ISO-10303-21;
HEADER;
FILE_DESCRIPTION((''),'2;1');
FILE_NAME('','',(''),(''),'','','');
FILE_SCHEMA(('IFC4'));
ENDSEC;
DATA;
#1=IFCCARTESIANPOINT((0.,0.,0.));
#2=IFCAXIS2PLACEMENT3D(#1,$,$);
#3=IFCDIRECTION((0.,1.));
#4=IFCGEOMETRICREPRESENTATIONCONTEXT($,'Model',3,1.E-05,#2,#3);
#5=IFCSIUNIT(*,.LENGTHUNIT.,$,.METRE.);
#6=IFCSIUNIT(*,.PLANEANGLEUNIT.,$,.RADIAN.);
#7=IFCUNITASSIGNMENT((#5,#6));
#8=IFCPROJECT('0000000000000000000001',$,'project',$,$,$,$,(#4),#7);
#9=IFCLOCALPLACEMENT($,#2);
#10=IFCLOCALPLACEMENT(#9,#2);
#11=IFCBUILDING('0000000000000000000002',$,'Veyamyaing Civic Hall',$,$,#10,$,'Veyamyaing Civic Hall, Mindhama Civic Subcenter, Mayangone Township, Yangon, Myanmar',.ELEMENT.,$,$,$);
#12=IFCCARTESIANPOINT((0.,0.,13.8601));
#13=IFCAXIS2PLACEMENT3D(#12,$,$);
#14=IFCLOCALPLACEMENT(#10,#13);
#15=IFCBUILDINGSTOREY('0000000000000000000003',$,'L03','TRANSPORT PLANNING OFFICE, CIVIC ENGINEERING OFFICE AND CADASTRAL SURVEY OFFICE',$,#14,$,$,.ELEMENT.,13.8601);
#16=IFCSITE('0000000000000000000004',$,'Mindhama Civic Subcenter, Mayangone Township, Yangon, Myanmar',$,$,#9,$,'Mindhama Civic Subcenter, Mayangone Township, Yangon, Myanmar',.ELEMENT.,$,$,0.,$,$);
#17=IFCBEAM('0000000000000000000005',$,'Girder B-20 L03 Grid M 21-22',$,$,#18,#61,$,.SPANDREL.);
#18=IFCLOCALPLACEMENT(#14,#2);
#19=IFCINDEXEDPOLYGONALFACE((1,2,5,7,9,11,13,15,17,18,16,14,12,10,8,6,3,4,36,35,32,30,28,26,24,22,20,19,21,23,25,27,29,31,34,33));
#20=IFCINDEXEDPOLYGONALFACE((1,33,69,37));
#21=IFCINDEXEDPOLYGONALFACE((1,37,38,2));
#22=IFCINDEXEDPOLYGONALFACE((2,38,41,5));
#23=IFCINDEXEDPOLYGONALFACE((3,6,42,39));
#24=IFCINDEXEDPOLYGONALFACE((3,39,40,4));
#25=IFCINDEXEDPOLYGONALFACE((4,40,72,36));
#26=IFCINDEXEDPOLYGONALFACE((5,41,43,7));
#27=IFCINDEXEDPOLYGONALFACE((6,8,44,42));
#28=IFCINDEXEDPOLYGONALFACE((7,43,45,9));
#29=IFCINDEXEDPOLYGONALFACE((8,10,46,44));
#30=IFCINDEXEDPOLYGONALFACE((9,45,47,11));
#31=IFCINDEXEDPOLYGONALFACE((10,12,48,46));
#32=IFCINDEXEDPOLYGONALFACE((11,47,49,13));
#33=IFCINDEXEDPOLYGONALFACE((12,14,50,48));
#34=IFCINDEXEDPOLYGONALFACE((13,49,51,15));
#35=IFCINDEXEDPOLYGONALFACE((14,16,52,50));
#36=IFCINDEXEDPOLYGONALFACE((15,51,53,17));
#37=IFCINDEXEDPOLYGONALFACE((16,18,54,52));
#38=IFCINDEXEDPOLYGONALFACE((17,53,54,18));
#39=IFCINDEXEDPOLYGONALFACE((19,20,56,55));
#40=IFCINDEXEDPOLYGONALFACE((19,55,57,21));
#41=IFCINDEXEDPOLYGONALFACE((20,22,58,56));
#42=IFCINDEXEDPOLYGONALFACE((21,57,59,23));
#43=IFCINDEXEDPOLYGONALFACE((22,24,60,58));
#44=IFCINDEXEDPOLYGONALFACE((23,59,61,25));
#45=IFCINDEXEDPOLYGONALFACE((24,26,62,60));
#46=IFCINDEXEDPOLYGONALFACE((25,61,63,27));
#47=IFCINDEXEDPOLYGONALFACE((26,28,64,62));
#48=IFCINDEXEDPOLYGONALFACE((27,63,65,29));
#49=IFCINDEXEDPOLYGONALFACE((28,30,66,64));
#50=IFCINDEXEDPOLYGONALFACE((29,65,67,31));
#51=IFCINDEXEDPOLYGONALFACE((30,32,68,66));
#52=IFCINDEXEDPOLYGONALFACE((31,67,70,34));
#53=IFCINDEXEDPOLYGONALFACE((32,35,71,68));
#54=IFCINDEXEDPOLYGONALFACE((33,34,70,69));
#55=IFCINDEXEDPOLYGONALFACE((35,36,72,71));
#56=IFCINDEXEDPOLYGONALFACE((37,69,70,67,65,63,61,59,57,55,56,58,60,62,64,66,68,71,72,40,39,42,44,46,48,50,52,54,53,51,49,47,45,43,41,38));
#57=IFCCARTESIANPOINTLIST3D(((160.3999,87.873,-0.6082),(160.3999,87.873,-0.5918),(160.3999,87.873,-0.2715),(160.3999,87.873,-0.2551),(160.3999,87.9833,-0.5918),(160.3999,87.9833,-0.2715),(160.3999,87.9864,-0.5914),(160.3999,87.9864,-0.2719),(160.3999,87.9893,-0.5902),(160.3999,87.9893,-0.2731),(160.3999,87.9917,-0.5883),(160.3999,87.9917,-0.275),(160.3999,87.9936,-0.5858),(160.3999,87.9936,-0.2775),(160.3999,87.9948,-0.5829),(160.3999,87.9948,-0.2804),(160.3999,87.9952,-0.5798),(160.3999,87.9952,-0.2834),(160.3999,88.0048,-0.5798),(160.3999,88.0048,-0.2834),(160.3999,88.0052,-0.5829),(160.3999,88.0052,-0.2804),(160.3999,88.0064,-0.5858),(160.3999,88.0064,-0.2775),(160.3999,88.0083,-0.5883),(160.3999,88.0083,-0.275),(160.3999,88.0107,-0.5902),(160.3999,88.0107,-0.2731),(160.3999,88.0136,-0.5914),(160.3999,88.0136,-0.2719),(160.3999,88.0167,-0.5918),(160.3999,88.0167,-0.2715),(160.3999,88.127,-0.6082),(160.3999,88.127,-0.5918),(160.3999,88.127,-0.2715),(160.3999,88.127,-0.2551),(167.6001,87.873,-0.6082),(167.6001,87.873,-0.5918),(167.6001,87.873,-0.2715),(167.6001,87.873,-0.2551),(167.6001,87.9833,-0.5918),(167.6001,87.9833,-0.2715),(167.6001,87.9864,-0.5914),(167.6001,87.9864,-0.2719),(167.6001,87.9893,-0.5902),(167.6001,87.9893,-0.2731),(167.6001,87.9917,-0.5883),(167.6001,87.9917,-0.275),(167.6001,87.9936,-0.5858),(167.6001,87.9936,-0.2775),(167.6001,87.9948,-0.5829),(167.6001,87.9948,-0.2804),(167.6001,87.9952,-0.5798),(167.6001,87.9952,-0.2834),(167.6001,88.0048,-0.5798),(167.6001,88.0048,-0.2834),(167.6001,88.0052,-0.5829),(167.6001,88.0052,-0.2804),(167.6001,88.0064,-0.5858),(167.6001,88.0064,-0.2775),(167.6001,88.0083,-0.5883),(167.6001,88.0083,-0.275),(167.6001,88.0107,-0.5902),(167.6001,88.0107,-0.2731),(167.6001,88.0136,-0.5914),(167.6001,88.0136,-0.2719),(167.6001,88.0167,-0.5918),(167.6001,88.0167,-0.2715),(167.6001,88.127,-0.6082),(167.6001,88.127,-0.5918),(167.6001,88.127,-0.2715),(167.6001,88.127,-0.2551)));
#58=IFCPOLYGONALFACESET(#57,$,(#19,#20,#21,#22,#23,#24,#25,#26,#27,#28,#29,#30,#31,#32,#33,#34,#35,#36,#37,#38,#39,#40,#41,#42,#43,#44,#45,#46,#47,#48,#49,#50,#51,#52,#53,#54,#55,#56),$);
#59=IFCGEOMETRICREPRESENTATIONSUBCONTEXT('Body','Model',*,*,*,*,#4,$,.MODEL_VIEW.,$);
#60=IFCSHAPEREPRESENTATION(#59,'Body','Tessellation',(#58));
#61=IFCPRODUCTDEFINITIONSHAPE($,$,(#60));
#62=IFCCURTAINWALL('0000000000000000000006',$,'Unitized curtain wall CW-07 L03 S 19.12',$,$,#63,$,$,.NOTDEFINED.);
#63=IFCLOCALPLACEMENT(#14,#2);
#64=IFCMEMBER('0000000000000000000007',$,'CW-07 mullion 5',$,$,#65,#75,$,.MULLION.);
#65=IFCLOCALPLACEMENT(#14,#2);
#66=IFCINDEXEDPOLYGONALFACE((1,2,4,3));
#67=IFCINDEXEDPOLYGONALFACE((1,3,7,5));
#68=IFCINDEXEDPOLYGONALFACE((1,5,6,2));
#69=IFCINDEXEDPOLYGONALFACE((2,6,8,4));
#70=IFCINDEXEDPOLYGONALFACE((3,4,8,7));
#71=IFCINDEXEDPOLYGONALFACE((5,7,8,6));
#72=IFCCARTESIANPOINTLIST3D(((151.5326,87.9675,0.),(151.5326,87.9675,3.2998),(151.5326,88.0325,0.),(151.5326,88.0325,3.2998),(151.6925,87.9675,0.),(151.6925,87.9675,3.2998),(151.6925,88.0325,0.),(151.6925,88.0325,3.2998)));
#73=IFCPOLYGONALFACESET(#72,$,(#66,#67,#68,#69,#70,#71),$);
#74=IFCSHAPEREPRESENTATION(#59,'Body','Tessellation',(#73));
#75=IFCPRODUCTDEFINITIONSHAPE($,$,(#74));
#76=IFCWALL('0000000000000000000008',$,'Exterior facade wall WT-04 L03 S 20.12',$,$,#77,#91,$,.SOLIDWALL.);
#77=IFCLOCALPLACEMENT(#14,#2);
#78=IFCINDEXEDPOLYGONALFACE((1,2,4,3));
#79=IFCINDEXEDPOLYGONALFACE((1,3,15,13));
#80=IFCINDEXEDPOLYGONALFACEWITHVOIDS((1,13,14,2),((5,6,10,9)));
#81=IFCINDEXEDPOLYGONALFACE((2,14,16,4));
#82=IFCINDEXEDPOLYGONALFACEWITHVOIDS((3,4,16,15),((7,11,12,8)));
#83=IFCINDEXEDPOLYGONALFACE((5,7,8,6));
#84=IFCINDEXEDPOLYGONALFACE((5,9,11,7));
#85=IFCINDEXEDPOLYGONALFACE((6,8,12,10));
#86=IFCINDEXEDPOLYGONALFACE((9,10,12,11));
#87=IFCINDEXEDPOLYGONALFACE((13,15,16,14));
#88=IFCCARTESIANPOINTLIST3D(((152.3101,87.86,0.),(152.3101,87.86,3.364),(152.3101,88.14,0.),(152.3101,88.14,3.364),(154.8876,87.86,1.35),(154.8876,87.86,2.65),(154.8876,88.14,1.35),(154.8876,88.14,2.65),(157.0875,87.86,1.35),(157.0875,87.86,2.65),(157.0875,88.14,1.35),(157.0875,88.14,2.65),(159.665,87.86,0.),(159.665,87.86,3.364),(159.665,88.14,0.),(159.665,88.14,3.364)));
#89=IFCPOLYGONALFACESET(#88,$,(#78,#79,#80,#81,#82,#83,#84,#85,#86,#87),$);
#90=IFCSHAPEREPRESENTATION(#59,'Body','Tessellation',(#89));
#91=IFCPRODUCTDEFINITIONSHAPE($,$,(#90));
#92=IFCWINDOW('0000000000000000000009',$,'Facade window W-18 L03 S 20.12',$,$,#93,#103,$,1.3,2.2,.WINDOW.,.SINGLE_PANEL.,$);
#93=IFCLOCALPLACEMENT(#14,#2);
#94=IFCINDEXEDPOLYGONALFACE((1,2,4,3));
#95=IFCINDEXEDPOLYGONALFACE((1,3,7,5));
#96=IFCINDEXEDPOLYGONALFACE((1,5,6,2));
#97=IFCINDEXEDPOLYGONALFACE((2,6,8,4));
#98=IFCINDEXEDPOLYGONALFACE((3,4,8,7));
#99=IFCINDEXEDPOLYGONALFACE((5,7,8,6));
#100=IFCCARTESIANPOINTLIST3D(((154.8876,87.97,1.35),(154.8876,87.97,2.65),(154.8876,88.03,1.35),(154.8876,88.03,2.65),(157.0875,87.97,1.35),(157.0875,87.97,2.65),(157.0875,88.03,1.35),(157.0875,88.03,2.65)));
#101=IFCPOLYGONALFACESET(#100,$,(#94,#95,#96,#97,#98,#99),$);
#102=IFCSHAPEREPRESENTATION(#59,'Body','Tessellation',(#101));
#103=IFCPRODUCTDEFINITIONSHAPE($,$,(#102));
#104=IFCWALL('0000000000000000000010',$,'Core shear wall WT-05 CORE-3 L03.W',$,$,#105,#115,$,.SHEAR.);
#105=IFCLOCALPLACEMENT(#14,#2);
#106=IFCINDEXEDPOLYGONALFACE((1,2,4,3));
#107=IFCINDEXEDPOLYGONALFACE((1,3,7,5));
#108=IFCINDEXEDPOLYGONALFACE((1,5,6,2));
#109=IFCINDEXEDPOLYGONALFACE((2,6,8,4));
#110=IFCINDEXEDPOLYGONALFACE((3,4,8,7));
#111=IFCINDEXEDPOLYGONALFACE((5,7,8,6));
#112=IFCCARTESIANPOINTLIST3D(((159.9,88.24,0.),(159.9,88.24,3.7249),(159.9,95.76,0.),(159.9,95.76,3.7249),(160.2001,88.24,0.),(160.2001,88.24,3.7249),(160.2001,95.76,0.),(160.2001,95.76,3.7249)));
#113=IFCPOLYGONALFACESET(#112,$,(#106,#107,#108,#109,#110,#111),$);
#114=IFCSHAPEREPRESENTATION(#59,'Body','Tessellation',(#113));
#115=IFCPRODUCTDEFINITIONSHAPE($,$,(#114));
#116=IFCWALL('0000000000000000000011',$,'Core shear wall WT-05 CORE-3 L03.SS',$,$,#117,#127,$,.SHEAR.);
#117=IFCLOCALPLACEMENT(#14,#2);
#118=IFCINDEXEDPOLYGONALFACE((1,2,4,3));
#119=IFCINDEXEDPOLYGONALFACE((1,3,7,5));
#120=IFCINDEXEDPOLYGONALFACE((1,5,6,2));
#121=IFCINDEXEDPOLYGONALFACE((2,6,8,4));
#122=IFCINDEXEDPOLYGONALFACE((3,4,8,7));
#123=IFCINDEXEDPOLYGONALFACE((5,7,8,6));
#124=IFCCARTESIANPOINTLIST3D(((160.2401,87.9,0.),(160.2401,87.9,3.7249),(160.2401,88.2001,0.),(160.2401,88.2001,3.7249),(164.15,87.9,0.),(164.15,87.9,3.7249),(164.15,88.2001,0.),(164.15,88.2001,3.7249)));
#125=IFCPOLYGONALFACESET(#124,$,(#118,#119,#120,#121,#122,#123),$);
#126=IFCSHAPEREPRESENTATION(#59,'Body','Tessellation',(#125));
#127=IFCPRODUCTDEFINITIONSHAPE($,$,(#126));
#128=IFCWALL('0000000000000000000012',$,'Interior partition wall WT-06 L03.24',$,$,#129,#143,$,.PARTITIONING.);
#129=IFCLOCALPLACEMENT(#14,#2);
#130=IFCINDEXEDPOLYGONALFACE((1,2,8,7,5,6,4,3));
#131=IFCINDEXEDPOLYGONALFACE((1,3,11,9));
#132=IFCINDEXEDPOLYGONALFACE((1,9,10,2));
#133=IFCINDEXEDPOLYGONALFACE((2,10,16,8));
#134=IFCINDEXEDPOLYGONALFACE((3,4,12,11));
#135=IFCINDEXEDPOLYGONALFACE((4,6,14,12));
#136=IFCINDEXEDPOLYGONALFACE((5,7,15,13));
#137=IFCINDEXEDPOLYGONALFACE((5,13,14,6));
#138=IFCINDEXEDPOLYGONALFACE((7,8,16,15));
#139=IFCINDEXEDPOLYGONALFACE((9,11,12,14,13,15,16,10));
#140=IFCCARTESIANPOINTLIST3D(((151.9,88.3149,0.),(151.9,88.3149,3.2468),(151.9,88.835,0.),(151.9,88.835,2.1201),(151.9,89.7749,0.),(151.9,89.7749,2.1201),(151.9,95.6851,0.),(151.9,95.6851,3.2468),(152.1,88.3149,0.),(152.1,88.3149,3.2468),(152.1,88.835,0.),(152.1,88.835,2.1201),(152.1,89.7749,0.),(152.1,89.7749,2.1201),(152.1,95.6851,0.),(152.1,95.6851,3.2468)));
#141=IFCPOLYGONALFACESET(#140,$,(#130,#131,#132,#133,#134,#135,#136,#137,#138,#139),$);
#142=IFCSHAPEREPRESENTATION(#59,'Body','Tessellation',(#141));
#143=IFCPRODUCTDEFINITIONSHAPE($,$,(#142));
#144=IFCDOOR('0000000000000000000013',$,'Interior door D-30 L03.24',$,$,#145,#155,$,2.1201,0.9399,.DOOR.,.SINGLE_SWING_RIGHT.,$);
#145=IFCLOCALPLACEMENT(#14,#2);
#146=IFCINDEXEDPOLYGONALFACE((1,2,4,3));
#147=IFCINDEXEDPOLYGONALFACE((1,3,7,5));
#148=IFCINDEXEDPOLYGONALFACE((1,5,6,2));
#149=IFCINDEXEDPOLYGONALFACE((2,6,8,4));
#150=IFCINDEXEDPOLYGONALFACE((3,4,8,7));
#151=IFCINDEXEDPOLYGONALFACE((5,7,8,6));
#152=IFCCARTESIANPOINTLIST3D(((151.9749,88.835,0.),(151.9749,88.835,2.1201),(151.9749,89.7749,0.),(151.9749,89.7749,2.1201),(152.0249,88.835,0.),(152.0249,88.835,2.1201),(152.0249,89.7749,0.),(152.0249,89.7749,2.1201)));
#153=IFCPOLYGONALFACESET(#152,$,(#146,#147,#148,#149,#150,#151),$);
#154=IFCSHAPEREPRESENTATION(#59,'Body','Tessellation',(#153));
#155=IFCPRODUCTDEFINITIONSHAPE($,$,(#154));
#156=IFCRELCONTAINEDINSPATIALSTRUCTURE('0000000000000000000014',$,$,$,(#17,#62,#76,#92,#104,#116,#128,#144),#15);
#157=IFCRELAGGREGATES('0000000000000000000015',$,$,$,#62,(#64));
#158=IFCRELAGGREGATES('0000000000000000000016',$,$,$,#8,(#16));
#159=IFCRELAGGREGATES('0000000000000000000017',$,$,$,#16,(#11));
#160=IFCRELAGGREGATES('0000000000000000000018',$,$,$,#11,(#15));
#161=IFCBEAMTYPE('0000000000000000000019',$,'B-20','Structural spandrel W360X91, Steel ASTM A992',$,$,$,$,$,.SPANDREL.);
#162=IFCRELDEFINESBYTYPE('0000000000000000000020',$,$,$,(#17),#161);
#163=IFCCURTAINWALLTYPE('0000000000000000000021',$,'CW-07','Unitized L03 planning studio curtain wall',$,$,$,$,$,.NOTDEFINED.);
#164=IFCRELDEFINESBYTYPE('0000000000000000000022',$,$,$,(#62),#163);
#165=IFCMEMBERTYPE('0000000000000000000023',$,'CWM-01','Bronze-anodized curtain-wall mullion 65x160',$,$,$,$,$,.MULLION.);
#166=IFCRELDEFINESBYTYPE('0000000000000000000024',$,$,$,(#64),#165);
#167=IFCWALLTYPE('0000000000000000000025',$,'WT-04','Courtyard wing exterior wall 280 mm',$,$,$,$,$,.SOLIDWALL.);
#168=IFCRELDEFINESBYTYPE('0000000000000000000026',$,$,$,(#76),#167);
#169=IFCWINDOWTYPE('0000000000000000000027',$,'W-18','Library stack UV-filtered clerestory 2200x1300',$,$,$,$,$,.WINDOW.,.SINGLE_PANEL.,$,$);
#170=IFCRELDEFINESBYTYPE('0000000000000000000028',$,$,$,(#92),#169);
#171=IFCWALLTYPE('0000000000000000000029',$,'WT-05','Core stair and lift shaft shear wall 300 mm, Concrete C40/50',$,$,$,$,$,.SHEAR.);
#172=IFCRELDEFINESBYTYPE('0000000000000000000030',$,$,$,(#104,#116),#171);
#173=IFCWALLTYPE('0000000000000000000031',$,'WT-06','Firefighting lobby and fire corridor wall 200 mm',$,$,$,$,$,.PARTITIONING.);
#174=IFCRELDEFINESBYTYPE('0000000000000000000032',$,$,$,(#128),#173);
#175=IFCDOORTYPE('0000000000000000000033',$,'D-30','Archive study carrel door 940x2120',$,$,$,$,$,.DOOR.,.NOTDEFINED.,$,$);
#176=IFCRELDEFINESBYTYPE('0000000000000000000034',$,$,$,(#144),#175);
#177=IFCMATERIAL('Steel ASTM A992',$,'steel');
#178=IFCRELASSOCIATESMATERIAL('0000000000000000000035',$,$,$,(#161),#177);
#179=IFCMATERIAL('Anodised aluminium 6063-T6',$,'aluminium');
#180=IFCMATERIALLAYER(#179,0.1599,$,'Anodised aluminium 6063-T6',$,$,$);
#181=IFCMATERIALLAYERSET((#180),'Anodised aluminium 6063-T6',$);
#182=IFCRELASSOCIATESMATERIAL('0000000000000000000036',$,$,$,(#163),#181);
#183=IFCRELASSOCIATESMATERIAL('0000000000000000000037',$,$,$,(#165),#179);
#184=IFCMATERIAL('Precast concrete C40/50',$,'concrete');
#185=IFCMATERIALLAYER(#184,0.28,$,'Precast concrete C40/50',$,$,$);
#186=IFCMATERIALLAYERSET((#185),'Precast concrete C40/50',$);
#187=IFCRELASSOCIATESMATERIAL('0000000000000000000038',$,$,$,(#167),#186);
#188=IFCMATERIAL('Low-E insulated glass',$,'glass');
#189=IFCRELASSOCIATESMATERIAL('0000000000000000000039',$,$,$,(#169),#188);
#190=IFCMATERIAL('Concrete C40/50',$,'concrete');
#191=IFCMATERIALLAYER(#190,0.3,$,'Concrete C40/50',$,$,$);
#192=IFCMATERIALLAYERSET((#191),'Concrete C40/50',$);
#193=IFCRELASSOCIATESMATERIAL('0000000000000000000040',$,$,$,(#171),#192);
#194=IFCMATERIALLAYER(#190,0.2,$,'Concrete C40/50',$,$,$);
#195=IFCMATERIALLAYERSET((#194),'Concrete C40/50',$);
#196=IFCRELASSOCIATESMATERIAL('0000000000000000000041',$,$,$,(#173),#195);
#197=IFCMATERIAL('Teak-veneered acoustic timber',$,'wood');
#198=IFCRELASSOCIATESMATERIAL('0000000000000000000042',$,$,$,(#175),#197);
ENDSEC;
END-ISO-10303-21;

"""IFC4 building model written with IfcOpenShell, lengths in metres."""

from ifc_helpers import new_model, si_unit, direction, frame, frame_2d, origin, origin_2d, place, context, subcontext, project, spatial, rectangle, i_section, extrude, material, layer, layer_set, material_profile, profile_set, type_object, element, fill, aggregate, save


model = new_model("IFC4")

# Units and contexts
model_context = context("Model", 3, precision=1e-05, world=origin(), true_north=direction((0.0, 1.0)))
body_context = subcontext(model_context, "Body", "Model", "MODEL_VIEW")
ifc_project = project(units=[si_unit("LENGTHUNIT", "METRE"), si_unit("PLANEANGLEUNIT", "RADIAN")], contexts=[model_context])

# Site, building, storey
site_placement = place(None, origin())
site = spatial("IfcSite", under=ifc_project, at=site_placement, Name="Mindhama Civic Subcenter, Mayangone Township, Yangon, Myanmar", LongName="Mindhama Civic Subcenter, Mayangone Township, Yangon, Myanmar", CompositionType="ELEMENT", RefElevation=0.0)
building_placement = place(site_placement, origin())
building = spatial("IfcBuilding", under=site, at=building_placement, Name="Veyamyaing Civic Hall", LongName="Veyamyaing Civic Hall, Mindhama Civic Subcenter, Mayangone Township, Yangon, Myanmar", CompositionType="ELEMENT")
storey_placement = place(building_placement, frame((0.0, 0.0, 13.8601)))
storey = spatial("IfcBuildingStorey", under=building, at=storey_placement, Name="L03", Description="TRANSPORT PLANNING OFFICE, CIVIC ENGINEERING OFFICE AND CADASTRAL SURVEY OFFICE", CompositionType="ELEMENT", Elevation=13.8601)

# Beam
ifc_material_1 = material(Name="Steel ASTM A992", Category="steel")
ifc_material_profile_1 = material_profile(ifc_material_1, i_section(OverallWidth=0.2539, OverallDepth=0.353, WebThickness=0.0095, FlangeThickness=0.0164, FilletRadius=0.012, at=origin_2d()), Name="W360X91")
ifc_profile_set_1 = profile_set([ifc_material_profile_1], Name="Steel ASTM A992")
beam_type_1 = type_object("IfcBeamType", Name="B-20", Description="Structural spandrel W360X91, Steel ASTM A992", PredefinedType="SPANDREL", material=ifc_profile_set_1)
beam_1_placement = place(storey_placement, frame((160.3999, 88.0, -0.4316), z_axis=(1.0, 0.0, 0.0), x_axis=(0.0, 1.0, 0.0)))
element("IfcBeam", 1, at=beam_1_placement, inside=storey, type_object=beam_type_1, Name="Girder B-20 L03 Grid M 21-22", PredefinedType="SPANDREL", context=body_context, shape_type="SweptSolid", body=[
    extrude(i_section(OverallWidth=0.2539, OverallDepth=0.353, WebThickness=0.0095, FlangeThickness=0.0164, FilletRadius=0.012, at=origin_2d()), origin(), (0.0, 0.0, 1.0), 7.2002),
])

# Curtain wall, member
ifc_material_2 = material(Name="Anodised aluminium 6063-T6", Category="aluminium")
ifc_layer_1 = layer(ifc_material_2, 0.1599, Name="Anodised aluminium 6063-T6")
ifc_layer_set_1 = layer_set([ifc_layer_1], Name="Anodised aluminium 6063-T6")
curtain_wall_type = type_object("IfcCurtainWallType", Name="CW-07", Description="Unitized L03 planning studio curtain wall", PredefinedType="NOTDEFINED", material=ifc_layer_set_1)
curtain_wall_placement = place(storey_placement, origin())
curtain_wall = element("IfcCurtainWall", 2, at=curtain_wall_placement, inside=storey, type_object=curtain_wall_type, Name="Unitized curtain wall CW-07 L03 S 19.12", PredefinedType="NOTDEFINED")
ifc_material_profile_2 = material_profile(ifc_material_2, rectangle(XDim=0.0649, YDim=0.1599, at=origin_2d()), Name="ALU-MUL-65X160")
ifc_profile_set_2 = profile_set([ifc_material_profile_2], Name="Anodised aluminium 6063-T6")
member_type = type_object("IfcMemberType", Name="CWM-01", Description="Bronze-anodized curtain-wall mullion 65x160", PredefinedType="MULLION", material=ifc_profile_set_2)
member_placement = place(storey_placement, frame((151.6125, 88.0, 0.0), z_axis=(0.0, 0.0, 1.0), x_axis=(0.0, 1.0, 0.0)))
member = element("IfcMember", 3, at=member_placement, type_object=member_type, Name="CW-07 mullion 5", PredefinedType="MULLION", context=body_context, shape_type="SweptSolid", body=[
    extrude(rectangle(XDim=0.0649, YDim=0.1599, at=origin_2d()), origin(), (0.0, 0.0, 1.0), 3.2998),
])
aggregate(curtain_wall, [member])

# Wall, opening, window
ifc_material_3 = material(Name="Precast concrete C40/50", Category="concrete")
ifc_layer_2 = layer(ifc_material_3, 0.28, Name="Precast concrete C40/50")
ifc_layer_set_2 = layer_set([ifc_layer_2], Name="Precast concrete C40/50")
wall_type_1 = type_object("IfcWallType", Name="WT-04", Description="Courtyard wing exterior wall 280 mm", PredefinedType="SOLIDWALL", material=ifc_layer_set_2)
wall_1_placement = place(storey_placement, frame((152.3101, 88.0, 0.0), z_axis=(0.0, 0.0, 1.0), x_axis=(1.0, 0.0, 0.0)))
wall_1 = element("IfcWall", 4, at=wall_1_placement, inside=storey, type_object=wall_type_1, Name="Exterior facade wall WT-04 L03 S 20.12", PredefinedType="SOLIDWALL", context=body_context, shape_type="SweptSolid", body=[
    extrude(rectangle(XDim=7.355, YDim=0.28, at=frame_2d((3.6775, 0.0))), origin(), (0.0, 0.0, 1.0), 3.364),
])
opening_1_placement = place(wall_1_placement, frame((2.5774, 0.0, 1.3501)))
opening_1 = element("IfcOpeningElement", 5, at=opening_1_placement, cuts=wall_1, PredefinedType="OPENING", context=body_context, shape_type="SweptSolid", body=[
    extrude(rectangle(XDim=2.2, YDim=1.3, at=frame_2d((1.1001, 0.6499))), frame((0.0, 0.1499, 0.0), z_axis=(0.0, -1.0, 0.0), x_axis=(1.0, 0.0, 0.0)), (0.0, 0.0, 1.0), 0.3),
])
ifc_material_4 = material(Name="Low-E insulated glass", Category="glass")
window_type = type_object("IfcWindowType", Name="W-18", Description="Library stack UV-filtered clerestory 2200x1300", PartitioningType="SINGLE_PANEL", PredefinedType="WINDOW", material=ifc_material_4)
window_placement = place(opening_1_placement, origin())
window = element("IfcWindow", 6, at=window_placement, inside=storey, type_object=window_type, Name="Facade window W-18 L03 S 20.12", OverallHeight=1.3, OverallWidth=2.2, PartitioningType="SINGLE_PANEL", PredefinedType="WINDOW", context=body_context, shape_type="SweptSolid", body=[
    extrude(rectangle(XDim=2.2, YDim=1.3, at=frame_2d((1.1001, 0.6499))), frame((0.0, 0.03, 0.0), z_axis=(0.0, -1.0, 0.0), x_axis=(1.0, 0.0, 0.0)), (0.0, 0.0, 1.0), 0.0601),
])
fill(opening_1, window)

# Walls
ifc_material_5 = material(Name="Concrete C40/50", Category="concrete")
ifc_layer_3 = layer(ifc_material_5, 0.3, Name="Concrete C40/50")
ifc_layer_set_3 = layer_set([ifc_layer_3], Name="Concrete C40/50")
wall_type_2 = type_object("IfcWallType", Name="WT-05", Description="Core stair and lift shaft shear wall 300 mm, Concrete C40/50", PredefinedType="SHEAR", material=ifc_layer_set_3)
wall_2_placement = place(storey_placement, frame((160.05, 88.24, 0.0), z_axis=(0.0, 0.0, 1.0), x_axis=(0.0, 1.0, 0.0)))
element("IfcWall", 7, at=wall_2_placement, inside=storey, type_object=wall_type_2, Name="Core shear wall WT-05 CORE-3 L03.W", PredefinedType="SHEAR", context=body_context, shape_type="SweptSolid", body=[
    extrude(rectangle(XDim=7.52, YDim=0.3, at=frame_2d((3.76, 0.0))), origin(), (0.0, 0.0, 1.0), 3.7249),
])
wall_3_placement = place(storey_placement, frame((160.24, 88.05, 0.0), z_axis=(0.0, 0.0, 1.0), x_axis=(1.0, 0.0, 0.0)))
element("IfcWall", 8, at=wall_3_placement, inside=storey, type_object=wall_type_2, Name="Core shear wall WT-05 CORE-3 L03.SS", PredefinedType="SHEAR", context=body_context, shape_type="SweptSolid", body=[
    extrude(rectangle(XDim=3.9099, YDim=0.3, at=frame_2d((1.9551, 0.0))), origin(), (0.0, 0.0, 1.0), 3.7249),
])

# Wall, opening, door
ifc_layer_4 = layer(ifc_material_5, 0.2, Name="Concrete C40/50")
ifc_layer_set_4 = layer_set([ifc_layer_4], Name="Concrete C40/50")
wall_type_3 = type_object("IfcWallType", Name="WT-06", Description="Firefighting lobby and fire corridor wall 200 mm", PredefinedType="PARTITIONING", material=ifc_layer_set_4)
wall_4_placement = place(storey_placement, frame((152.0, 88.3149, 0.0), z_axis=(0.0, 0.0, 1.0), x_axis=(0.0, 1.0, 0.0)))
wall_4 = element("IfcWall", 9, at=wall_4_placement, inside=storey, type_object=wall_type_3, Name="Interior partition wall WT-06 L03.24", PredefinedType="PARTITIONING", context=body_context, shape_type="SweptSolid", body=[
    extrude(rectangle(XDim=7.3701, YDim=0.2, at=frame_2d((3.6851, 0.0))), origin(), (0.0, 0.0, 1.0), 3.2468),
])
opening_2_placement = place(wall_4_placement, frame((0.52, 0.0, 0.0)))
opening_2 = element("IfcOpeningElement", 10, at=opening_2_placement, cuts=wall_4, PredefinedType="OPENING", context=body_context, shape_type="SweptSolid", body=[
    extrude(rectangle(XDim=0.9399, YDim=2.1201, at=frame_2d((0.47, 1.0601))), frame((0.0, 0.1099, 0.0), z_axis=(0.0, -1.0, 0.0), x_axis=(1.0, 0.0, 0.0)), (0.0, 0.0, 1.0), 0.22),
])
ifc_material_6 = material(Name="Teak-veneered acoustic timber", Category="wood")
door_type = type_object("IfcDoorType", Name="D-30", Description="Archive study carrel door 940x2120", OperationType="NOTDEFINED", PredefinedType="DOOR", material=ifc_material_6)
door_placement = place(opening_2_placement, frame((0.9399, 0.0, 0.0), z_axis=(0.0, 0.0, 1.0), x_axis=(-1.0, 0.0, 0.0)))
door = element("IfcDoor", 11, at=door_placement, inside=storey, type_object=door_type, Name="Interior door D-30 L03.24", OperationType="SINGLE_SWING_RIGHT", OverallHeight=2.1201, OverallWidth=0.9399, PredefinedType="DOOR", context=body_context, shape_type="SweptSolid", body=[
    extrude(rectangle(XDim=0.9399, YDim=2.1201, at=frame_2d((0.47, 1.0601))), frame((0.0, 0.0249, 0.0), z_axis=(0.0, -1.0, 0.0), x_axis=(1.0, 0.0, 0.0)), (0.0, 0.0, 1.0), 0.05),
])
fill(opening_2, door)

save(model, "model.ifc")
